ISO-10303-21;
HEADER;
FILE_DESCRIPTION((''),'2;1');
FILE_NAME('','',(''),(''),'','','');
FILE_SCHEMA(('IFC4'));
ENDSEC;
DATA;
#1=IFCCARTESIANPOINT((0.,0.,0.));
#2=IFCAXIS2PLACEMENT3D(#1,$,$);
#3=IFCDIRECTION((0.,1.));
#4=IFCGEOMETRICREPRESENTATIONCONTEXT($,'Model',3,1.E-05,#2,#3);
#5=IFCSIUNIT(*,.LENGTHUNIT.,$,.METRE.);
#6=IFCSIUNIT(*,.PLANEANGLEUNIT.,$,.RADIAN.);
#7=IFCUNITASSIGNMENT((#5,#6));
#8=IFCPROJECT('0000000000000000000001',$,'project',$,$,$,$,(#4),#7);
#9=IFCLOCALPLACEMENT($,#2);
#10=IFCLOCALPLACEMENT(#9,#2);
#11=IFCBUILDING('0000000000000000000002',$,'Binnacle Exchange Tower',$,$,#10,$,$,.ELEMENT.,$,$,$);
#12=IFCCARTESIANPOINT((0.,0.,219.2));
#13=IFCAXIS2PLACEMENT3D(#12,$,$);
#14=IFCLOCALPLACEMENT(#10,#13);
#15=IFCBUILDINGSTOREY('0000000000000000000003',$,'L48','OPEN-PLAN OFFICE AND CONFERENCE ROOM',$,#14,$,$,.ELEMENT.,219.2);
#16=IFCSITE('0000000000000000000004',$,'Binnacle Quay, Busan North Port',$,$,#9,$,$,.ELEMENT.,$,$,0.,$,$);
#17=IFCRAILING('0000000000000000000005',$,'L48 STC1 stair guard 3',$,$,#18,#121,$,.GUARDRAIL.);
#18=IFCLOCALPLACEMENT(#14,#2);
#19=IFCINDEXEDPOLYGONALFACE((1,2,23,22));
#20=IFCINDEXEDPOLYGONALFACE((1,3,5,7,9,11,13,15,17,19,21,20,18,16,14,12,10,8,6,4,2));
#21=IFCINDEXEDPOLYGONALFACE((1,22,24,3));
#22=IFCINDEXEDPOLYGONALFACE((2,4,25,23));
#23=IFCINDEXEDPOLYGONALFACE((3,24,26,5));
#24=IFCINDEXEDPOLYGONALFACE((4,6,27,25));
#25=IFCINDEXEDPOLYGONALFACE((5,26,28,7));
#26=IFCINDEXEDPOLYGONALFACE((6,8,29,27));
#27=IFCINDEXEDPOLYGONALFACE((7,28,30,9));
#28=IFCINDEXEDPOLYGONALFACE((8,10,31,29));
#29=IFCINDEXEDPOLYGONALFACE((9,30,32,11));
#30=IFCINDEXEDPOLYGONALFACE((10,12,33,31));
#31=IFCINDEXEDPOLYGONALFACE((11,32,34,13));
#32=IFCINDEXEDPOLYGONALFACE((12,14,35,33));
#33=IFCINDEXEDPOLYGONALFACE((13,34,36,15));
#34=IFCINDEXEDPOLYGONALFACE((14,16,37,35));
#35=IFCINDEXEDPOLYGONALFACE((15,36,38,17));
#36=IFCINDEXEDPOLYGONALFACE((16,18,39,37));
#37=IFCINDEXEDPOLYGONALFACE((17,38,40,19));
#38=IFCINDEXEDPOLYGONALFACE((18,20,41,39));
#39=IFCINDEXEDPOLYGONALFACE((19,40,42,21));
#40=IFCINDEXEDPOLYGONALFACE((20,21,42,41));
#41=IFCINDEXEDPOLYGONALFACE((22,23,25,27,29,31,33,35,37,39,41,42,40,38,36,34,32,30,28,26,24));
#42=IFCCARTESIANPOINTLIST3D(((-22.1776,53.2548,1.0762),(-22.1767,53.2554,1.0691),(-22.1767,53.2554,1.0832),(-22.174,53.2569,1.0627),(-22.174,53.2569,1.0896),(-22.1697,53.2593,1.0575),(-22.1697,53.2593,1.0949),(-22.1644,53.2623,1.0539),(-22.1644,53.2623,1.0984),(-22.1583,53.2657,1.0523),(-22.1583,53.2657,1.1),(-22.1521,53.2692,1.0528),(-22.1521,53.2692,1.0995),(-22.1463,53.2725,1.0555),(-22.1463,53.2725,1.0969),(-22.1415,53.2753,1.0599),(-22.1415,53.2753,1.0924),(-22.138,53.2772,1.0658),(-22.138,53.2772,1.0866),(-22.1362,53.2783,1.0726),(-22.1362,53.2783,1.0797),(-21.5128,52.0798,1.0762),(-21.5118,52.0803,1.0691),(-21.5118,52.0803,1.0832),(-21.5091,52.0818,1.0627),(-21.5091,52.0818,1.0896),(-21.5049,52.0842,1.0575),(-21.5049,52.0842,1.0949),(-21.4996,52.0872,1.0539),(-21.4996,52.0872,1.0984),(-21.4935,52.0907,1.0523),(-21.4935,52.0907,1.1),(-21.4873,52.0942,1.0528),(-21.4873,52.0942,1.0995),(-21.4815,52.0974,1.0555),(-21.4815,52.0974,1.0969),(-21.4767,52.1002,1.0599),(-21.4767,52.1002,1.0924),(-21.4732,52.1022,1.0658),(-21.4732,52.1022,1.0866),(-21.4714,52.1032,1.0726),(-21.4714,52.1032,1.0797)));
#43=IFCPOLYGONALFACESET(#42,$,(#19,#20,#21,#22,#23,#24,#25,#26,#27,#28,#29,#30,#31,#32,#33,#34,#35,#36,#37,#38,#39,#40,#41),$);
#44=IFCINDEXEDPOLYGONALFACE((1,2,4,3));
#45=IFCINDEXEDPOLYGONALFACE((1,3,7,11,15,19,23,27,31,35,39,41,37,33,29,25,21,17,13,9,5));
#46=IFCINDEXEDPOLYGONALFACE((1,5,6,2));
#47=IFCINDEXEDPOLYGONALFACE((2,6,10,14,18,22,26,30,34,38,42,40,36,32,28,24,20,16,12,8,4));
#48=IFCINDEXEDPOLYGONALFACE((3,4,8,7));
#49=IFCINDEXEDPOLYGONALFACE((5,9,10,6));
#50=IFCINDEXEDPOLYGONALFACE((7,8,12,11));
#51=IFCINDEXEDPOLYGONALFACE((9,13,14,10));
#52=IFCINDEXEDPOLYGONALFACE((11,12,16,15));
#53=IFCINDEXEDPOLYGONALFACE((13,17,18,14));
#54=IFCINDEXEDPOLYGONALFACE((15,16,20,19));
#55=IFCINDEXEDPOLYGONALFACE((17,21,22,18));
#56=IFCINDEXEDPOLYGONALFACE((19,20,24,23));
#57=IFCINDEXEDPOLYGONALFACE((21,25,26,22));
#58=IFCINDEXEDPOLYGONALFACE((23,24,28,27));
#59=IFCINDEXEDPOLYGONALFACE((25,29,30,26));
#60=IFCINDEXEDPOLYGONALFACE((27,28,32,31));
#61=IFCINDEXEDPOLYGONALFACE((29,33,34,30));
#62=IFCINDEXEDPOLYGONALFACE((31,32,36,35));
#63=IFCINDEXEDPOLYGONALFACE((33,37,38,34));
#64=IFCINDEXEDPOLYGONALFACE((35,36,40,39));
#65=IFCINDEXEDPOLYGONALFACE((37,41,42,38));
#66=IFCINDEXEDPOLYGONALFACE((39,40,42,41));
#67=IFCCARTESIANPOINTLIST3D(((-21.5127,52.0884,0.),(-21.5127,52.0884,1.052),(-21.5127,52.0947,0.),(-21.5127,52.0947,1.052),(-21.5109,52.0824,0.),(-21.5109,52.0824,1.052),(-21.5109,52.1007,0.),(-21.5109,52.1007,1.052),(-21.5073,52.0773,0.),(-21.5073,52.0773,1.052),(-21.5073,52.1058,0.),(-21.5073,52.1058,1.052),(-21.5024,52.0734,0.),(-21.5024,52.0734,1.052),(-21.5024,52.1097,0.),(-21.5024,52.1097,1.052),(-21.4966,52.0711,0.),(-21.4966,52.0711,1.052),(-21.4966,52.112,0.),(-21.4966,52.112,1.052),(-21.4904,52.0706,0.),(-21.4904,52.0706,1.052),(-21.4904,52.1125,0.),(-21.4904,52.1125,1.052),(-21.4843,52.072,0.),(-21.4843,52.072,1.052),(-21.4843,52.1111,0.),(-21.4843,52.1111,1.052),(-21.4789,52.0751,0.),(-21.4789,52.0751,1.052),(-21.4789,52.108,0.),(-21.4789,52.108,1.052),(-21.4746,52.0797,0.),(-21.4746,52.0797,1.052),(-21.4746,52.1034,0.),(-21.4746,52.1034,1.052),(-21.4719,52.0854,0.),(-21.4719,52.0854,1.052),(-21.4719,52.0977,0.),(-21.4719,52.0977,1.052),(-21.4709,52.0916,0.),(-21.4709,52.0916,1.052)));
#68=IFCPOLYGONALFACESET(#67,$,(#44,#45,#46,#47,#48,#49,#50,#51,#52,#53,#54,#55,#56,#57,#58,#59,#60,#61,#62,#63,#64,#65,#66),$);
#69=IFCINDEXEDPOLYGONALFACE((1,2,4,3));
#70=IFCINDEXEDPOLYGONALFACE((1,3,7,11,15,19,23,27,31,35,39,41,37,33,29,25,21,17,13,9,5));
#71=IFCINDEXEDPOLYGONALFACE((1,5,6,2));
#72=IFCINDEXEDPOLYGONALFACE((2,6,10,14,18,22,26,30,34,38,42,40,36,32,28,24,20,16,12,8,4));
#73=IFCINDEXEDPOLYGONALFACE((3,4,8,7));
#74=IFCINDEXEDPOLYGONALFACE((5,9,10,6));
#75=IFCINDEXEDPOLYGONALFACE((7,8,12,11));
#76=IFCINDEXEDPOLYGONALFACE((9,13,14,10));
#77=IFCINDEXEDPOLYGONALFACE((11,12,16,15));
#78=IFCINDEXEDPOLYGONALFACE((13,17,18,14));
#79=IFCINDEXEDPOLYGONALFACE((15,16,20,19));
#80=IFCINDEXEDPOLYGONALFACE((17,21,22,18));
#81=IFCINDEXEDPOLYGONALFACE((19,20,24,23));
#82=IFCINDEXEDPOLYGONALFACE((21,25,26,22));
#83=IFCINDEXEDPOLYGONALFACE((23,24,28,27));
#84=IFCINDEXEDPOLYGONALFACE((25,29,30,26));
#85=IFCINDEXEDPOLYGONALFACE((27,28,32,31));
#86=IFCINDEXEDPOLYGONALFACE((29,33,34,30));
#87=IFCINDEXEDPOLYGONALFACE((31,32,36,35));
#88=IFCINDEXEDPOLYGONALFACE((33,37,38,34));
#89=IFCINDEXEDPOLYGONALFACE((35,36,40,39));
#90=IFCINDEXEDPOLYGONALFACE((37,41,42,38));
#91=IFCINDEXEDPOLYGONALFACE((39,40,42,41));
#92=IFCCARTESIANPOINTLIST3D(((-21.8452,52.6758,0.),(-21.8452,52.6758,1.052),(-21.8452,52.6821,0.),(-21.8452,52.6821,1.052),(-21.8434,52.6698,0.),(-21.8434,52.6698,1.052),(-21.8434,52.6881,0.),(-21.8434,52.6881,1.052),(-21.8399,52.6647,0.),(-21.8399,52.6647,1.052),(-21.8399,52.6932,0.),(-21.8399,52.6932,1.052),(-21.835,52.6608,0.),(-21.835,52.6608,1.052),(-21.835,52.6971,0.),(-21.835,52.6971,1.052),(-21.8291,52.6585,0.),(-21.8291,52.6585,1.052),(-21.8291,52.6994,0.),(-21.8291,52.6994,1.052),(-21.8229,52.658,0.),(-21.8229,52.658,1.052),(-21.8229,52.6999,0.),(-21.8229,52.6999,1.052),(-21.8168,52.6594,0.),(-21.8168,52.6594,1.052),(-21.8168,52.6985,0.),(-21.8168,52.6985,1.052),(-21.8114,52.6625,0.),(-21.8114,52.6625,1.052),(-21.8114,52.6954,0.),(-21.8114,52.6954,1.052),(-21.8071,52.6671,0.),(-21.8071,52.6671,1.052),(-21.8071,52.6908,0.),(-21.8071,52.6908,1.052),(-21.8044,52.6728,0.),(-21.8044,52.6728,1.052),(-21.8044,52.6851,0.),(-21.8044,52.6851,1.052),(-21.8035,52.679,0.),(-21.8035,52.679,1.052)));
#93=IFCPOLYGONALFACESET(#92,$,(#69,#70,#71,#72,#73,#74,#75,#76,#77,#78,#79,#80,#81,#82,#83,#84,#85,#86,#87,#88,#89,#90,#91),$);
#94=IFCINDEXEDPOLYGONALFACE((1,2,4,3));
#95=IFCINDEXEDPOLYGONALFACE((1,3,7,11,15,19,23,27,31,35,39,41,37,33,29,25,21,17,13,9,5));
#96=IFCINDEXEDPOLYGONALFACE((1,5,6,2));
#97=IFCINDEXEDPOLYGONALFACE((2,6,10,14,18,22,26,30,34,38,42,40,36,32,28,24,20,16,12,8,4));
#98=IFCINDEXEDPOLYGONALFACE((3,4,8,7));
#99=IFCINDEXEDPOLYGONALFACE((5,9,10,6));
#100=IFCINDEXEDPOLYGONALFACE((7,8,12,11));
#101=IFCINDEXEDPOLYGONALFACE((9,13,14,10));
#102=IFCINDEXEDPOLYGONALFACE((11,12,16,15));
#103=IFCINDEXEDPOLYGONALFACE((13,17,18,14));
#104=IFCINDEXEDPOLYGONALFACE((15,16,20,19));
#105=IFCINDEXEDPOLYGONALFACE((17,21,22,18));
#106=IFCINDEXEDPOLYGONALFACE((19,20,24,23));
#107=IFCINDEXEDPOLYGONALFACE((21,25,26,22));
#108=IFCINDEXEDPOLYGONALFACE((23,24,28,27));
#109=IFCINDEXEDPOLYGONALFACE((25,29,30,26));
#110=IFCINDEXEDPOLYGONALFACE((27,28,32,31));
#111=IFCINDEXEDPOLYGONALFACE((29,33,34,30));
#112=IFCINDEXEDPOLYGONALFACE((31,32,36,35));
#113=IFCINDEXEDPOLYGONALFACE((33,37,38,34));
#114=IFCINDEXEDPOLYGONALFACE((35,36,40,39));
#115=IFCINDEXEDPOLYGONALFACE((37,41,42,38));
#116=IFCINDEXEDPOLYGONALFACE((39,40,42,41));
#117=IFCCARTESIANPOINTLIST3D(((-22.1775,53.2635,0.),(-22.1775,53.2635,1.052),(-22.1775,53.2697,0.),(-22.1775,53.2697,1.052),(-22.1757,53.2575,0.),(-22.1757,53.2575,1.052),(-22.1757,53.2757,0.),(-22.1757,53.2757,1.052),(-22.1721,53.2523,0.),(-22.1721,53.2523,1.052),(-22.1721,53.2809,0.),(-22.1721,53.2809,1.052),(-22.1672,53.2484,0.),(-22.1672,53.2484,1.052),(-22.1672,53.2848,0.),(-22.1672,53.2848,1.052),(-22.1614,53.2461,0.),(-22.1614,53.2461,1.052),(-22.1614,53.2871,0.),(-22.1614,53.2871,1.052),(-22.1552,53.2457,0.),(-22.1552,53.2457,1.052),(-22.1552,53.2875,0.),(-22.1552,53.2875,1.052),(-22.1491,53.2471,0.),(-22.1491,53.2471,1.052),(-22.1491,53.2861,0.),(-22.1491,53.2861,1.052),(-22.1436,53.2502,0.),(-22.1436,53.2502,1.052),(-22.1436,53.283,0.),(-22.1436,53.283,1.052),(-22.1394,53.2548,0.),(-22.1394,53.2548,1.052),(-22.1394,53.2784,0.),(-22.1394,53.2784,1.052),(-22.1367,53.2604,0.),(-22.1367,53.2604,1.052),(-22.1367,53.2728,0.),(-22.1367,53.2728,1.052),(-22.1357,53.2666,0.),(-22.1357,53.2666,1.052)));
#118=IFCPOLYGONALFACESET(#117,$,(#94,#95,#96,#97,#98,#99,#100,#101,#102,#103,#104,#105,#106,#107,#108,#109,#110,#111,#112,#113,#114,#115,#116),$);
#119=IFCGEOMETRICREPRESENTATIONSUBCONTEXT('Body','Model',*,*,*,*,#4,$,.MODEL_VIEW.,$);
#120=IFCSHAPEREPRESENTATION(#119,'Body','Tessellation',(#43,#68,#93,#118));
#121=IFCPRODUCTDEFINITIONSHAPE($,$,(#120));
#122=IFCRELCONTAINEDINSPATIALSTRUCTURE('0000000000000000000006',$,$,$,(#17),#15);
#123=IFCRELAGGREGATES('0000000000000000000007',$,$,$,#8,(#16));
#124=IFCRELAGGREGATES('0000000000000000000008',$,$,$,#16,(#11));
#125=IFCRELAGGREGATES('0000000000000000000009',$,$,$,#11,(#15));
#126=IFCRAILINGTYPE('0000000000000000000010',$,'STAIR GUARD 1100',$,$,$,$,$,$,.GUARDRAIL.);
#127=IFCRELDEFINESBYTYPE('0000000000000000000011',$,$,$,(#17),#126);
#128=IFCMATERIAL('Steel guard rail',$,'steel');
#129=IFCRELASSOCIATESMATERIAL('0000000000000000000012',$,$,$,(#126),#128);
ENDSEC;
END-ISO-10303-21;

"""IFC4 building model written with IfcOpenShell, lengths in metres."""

from ifc_helpers import new_model, si_unit, direction, frame, origin, origin_2d, place, context, subcontext, project, spatial, circle, extrude, material, type_object, element, save


model = new_model("IFC4")

# Units and contexts
model_context = context("Model", 3, precision=1e-05, world=origin(), true_north=direction((0.0, 1.0)))
body_context = subcontext(model_context, "Body", "Model", "MODEL_VIEW")
ifc_project = project(units=[si_unit("LENGTHUNIT", "METRE"), si_unit("PLANEANGLEUNIT", "RADIAN")], contexts=[model_context])

# Site, building, storey
site_placement = place(None, origin())
site = spatial("IfcSite", under=ifc_project, at=site_placement, Name="Binnacle Quay, Busan North Port", CompositionType="ELEMENT", RefElevation=0.0)
building_placement = place(site_placement, origin())
building = spatial("IfcBuilding", under=site, at=building_placement, Name="Binnacle Exchange Tower", CompositionType="ELEMENT")
storey_placement = place(building_placement, frame((0.0, 0.0, 219.2)))
storey = spatial("IfcBuildingStorey", under=building, at=storey_placement, Name="L48", Description="OPEN-PLAN OFFICE AND CONFERENCE ROOM", CompositionType="ELEMENT", Elevation=219.2)

# Railing
ifc_material_1 = material(Name="Steel guard rail", Category="steel")
railing_type = type_object("IfcRailingType", Name="STAIR GUARD 1100", PredefinedType="GUARDRAIL", material=ifc_material_1)
railing_1_placement = place(storey_placement, frame((-21.4919, 52.0916, 0.0)))
element("IfcRailing", 1, at=railing_1_placement, inside=storey, type_object=railing_type, Name="L48 STC1 stair guard 3", PredefinedType="GUARDRAIL", context=body_context, shape_type="SweptSolid", body=[
    extrude(circle(Radius=0.0239, at=origin_2d()), frame((0.0, 0.0, 1.0762), z_axis=(-0.492415, 0.870361, 0.0), x_axis=(-0.870361, -0.492415, 0.0)), (0.0, 0.0, 1.0), 1.3501),
    extrude(circle(Radius=0.021, at=origin_2d()), origin(), (0.0, 0.0, 1.0), 1.052),
    extrude(circle(Radius=0.021, at=origin_2d()), frame((-0.3325, 0.5874, 0.0)), (0.0, 0.0, 1.0), 1.052),
    extrude(circle(Radius=0.021, at=origin_2d()), frame((-0.6648, 1.175, 0.0)), (0.0, 0.0, 1.0), 1.052),
])

save(model, "model.ifc")
